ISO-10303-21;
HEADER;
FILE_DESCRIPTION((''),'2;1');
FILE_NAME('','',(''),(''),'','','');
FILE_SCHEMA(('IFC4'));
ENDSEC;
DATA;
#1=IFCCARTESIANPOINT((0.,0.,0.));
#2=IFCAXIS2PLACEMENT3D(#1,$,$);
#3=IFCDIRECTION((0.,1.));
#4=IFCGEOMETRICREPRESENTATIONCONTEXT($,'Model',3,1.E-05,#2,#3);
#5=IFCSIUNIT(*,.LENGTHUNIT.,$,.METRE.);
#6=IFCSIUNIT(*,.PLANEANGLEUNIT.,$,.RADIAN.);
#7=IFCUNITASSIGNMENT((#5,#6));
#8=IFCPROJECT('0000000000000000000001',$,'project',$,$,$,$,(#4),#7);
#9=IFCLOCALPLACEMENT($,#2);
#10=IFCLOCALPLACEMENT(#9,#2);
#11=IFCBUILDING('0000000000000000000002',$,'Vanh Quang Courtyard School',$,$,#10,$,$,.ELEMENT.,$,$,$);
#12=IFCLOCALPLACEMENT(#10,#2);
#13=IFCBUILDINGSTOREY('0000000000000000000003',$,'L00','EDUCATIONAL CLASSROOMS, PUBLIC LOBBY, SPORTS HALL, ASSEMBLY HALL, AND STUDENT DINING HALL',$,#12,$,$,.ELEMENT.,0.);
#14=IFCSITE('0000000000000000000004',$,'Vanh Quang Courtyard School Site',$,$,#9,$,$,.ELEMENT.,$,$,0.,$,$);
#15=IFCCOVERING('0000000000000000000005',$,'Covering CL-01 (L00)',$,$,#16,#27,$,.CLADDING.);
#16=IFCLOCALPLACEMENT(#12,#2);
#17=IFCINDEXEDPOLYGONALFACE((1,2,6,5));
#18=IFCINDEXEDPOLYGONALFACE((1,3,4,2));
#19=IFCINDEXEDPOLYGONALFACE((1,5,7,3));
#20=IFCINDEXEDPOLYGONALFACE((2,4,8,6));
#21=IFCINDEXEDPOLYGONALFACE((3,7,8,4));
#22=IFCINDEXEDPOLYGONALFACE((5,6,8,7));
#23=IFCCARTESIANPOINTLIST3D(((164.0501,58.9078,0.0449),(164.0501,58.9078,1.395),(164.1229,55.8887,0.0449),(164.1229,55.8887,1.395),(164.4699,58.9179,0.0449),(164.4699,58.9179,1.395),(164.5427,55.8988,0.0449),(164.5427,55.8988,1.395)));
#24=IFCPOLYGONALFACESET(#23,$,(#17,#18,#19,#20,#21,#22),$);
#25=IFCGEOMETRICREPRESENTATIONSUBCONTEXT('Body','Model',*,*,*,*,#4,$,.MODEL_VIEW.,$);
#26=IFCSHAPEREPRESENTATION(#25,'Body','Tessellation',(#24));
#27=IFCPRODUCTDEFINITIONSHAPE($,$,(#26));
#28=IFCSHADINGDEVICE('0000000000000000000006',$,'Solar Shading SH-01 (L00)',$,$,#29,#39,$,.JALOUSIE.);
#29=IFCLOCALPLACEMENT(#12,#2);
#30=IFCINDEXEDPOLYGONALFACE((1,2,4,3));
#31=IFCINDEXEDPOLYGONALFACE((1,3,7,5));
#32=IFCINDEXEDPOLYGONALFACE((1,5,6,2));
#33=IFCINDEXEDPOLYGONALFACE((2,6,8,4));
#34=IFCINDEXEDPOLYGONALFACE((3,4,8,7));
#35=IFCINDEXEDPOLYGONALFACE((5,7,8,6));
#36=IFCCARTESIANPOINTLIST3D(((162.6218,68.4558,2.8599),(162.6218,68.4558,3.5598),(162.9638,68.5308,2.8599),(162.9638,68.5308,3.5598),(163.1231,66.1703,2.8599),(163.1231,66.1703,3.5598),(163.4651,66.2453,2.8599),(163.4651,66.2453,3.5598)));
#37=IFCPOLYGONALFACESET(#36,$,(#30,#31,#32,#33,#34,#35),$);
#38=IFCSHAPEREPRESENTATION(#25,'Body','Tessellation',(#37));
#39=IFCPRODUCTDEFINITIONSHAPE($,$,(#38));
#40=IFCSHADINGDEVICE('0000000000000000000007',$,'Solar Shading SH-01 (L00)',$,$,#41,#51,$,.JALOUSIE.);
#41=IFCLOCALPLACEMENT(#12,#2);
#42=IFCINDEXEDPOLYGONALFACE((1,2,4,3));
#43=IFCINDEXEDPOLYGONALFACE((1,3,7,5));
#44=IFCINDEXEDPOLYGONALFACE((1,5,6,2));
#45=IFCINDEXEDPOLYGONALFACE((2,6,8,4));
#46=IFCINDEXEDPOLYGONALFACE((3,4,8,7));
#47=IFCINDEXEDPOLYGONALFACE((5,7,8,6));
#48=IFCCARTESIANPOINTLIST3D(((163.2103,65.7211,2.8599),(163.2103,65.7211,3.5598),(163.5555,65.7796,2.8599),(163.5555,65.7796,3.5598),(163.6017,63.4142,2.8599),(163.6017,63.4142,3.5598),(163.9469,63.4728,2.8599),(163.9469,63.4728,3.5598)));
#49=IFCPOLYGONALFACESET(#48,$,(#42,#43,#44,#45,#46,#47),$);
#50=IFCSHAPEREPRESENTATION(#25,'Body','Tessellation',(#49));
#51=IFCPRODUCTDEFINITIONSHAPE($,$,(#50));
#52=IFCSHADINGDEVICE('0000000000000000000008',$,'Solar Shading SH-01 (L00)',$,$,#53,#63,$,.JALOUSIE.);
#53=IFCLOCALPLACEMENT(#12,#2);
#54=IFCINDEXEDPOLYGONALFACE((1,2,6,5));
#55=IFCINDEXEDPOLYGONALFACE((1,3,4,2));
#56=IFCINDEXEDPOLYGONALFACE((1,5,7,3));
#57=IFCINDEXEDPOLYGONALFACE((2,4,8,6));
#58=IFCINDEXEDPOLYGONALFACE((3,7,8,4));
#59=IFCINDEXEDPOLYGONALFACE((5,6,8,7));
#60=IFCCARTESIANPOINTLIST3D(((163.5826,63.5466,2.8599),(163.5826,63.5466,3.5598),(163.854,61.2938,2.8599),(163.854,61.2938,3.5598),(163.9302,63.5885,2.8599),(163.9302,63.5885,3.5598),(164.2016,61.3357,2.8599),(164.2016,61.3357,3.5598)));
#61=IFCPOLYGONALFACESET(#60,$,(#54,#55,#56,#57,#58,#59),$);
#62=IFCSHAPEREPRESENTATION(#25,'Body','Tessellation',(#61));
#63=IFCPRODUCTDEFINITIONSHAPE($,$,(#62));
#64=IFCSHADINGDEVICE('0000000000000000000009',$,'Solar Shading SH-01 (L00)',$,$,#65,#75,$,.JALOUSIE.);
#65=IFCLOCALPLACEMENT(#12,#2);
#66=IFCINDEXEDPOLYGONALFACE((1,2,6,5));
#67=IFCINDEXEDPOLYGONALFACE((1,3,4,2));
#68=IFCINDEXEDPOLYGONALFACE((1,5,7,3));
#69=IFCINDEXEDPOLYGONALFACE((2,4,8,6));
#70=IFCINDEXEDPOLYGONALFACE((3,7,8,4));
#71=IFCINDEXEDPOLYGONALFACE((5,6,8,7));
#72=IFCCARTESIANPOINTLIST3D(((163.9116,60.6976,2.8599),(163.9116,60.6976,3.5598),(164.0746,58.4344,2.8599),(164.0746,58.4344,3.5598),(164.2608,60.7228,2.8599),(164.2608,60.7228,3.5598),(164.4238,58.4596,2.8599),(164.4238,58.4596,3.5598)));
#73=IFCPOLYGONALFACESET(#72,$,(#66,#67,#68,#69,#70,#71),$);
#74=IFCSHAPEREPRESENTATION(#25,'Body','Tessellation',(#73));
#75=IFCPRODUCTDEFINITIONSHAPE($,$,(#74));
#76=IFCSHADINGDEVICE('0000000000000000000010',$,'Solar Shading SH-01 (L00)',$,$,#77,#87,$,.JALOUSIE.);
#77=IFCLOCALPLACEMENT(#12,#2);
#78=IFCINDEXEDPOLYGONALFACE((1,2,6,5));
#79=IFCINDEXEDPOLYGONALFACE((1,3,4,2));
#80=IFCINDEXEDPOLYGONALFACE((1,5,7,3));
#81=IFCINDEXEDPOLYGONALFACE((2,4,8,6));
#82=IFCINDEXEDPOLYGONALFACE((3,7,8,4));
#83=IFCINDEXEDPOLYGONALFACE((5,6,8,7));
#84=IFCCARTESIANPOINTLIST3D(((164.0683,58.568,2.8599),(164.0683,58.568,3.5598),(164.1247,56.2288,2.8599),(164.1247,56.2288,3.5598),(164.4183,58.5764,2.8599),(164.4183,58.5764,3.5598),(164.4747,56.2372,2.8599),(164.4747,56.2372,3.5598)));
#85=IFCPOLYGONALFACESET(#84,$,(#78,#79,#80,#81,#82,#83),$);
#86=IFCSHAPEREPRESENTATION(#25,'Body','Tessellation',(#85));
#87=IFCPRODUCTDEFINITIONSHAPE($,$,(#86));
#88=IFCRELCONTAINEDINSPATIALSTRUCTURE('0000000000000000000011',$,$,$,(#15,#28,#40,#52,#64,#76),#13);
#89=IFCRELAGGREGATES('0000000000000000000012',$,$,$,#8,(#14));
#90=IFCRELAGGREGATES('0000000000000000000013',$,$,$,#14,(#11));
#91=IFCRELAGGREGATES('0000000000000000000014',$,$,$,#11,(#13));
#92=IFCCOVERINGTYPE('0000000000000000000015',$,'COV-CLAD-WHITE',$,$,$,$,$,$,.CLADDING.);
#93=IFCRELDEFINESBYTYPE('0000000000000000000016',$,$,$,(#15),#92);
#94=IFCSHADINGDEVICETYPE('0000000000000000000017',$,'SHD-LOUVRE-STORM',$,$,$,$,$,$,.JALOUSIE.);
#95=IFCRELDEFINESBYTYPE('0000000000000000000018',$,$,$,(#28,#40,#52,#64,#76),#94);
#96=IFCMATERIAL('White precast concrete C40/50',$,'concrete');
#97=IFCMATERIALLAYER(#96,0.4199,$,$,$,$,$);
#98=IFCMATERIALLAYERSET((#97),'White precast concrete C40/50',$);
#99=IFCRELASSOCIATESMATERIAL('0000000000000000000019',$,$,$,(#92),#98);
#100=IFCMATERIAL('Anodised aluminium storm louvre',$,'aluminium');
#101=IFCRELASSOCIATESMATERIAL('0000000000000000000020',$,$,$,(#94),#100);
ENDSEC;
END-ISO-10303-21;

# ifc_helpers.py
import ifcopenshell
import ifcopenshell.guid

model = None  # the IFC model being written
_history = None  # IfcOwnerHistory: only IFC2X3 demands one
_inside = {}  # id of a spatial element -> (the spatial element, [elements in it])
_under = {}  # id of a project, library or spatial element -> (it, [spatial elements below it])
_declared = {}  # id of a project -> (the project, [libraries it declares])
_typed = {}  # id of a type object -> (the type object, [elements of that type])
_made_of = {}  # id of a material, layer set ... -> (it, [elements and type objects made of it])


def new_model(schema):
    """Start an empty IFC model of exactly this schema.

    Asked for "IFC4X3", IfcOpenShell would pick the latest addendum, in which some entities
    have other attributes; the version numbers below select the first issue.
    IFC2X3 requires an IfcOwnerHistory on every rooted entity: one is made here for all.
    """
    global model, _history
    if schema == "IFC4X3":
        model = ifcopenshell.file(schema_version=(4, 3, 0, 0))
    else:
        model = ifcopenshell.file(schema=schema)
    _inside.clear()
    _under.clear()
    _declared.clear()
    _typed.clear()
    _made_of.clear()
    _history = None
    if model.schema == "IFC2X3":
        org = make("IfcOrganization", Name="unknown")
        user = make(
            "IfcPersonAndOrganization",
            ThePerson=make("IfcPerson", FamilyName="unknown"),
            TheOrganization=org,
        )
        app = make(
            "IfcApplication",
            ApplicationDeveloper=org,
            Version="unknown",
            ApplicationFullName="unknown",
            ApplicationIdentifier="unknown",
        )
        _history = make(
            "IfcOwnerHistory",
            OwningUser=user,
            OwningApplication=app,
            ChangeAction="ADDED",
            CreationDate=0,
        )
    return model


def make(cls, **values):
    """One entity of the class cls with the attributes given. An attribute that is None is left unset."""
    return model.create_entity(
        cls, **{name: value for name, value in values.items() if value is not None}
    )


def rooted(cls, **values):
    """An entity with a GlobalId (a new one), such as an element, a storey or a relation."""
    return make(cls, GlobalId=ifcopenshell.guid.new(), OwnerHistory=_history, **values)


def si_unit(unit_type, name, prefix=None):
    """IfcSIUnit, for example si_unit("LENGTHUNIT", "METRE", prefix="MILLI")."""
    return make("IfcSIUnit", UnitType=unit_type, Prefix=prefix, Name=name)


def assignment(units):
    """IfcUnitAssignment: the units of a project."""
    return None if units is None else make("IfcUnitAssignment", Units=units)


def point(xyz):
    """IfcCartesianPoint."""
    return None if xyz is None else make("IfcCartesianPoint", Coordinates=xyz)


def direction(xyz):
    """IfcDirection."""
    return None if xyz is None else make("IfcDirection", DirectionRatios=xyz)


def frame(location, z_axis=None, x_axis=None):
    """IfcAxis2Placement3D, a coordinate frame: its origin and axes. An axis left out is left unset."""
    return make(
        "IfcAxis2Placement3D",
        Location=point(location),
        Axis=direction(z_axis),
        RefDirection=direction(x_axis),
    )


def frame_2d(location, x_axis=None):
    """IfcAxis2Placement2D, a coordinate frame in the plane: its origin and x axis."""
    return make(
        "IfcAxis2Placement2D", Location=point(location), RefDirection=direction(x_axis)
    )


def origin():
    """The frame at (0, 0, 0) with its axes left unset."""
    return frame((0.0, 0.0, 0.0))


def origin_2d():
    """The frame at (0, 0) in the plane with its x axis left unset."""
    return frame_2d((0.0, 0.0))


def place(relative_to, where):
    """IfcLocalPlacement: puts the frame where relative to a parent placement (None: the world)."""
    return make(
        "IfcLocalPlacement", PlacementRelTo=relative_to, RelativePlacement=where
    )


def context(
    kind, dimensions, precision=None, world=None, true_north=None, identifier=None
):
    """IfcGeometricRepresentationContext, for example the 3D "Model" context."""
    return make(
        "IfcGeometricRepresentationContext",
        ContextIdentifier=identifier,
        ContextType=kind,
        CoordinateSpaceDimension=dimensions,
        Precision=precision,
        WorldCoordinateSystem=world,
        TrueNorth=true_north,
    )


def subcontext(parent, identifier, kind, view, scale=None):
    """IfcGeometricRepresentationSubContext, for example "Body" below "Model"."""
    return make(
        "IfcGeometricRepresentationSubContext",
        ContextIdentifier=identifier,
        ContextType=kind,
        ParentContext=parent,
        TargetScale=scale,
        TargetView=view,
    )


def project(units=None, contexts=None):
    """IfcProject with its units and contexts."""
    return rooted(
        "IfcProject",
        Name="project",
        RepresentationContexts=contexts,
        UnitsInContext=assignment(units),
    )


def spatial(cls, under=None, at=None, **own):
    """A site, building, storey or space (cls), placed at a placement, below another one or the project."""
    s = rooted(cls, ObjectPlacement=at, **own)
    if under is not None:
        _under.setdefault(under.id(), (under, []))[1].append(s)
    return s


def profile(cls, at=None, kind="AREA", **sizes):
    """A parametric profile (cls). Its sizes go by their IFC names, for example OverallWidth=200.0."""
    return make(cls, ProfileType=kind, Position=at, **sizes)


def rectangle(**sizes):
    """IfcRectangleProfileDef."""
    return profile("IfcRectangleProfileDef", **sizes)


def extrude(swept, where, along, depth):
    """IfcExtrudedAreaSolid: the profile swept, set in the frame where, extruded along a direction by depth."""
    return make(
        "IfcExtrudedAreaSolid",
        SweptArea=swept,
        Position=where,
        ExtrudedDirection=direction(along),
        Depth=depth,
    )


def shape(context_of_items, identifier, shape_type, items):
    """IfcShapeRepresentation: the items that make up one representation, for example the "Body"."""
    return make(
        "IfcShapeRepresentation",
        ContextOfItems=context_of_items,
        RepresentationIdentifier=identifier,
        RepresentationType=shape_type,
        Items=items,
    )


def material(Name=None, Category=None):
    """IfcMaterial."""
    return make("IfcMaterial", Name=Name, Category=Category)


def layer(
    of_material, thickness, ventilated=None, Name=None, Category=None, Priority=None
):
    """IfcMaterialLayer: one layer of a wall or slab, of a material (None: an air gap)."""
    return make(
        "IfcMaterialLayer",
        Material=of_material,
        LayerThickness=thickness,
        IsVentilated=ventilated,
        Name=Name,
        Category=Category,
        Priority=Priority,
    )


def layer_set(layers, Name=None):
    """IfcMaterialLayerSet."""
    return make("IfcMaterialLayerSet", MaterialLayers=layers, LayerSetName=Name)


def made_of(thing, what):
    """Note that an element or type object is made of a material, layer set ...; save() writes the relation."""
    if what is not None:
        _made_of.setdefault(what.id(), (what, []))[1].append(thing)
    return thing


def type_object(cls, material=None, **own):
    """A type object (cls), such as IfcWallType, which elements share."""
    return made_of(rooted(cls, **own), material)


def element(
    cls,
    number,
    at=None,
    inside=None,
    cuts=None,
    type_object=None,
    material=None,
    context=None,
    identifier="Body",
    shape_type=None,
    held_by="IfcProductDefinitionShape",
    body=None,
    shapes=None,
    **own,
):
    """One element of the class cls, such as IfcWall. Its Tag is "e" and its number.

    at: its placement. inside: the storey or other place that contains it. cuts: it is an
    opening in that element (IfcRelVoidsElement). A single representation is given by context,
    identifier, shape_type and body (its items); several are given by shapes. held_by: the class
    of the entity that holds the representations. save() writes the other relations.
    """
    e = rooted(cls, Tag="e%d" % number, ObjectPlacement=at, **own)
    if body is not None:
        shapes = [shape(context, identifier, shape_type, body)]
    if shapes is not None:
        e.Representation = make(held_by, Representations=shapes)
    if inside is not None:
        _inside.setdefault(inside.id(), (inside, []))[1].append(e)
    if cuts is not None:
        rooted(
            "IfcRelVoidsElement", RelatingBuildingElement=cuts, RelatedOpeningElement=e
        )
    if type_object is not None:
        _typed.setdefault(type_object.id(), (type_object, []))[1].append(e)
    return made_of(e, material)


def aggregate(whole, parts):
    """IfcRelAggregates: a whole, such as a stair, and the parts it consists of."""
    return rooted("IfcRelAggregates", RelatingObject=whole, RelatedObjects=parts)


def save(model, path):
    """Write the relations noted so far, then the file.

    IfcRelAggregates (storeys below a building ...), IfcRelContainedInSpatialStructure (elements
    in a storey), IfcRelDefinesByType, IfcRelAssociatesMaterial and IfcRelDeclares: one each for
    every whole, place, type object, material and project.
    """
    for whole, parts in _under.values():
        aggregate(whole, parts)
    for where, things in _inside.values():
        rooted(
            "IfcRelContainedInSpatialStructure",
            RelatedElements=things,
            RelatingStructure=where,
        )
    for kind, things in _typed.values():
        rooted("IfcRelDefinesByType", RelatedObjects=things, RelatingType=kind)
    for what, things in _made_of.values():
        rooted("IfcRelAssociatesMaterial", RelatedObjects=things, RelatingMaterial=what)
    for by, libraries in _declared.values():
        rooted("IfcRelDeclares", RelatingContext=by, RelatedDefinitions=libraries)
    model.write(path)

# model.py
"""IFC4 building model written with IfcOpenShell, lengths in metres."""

from ifc_helpers import new_model, si_unit, direction, frame, origin, origin_2d, place, context, subcontext, project, spatial, rectangle, extrude, material, layer, layer_set, type_object, element, save


model = new_model("IFC4")

# Units and contexts
model_context = context("Model", 3, precision=1e-05, world=origin(), true_north=direction((0.0, 1.0)))
body_context = subcontext(model_context, "Body", "Model", "MODEL_VIEW")
ifc_project = project(units=[si_unit("LENGTHUNIT", "METRE"), si_unit("PLANEANGLEUNIT", "RADIAN")], contexts=[model_context])

# Site, building, storey
site_placement = place(None, origin())
site = spatial("IfcSite", under=ifc_project, at=site_placement, Name="Vanh Quang Courtyard School Site", CompositionType="ELEMENT", RefElevation=0.0)
building_placement = place(site_placement, origin())
building = spatial("IfcBuilding", under=site, at=building_placement, Name="Vanh Quang Courtyard School", CompositionType="ELEMENT")
storey_placement = place(building_placement, origin())
storey = spatial("IfcBuildingStorey", under=building, at=storey_placement, Name="L00", Description="EDUCATIONAL CLASSROOMS, PUBLIC LOBBY, SPORTS HALL, ASSEMBLY HALL, AND STUDENT DINING HALL", CompositionType="ELEMENT", Elevation=0.0)

# Covering
ifc_material_1 = material(Name="White precast concrete C40/50", Category="concrete")
ifc_layer_1 = layer(ifc_material_1, 0.4199)
ifc_layer_set_1 = layer_set([ifc_layer_1], Name="White precast concrete C40/50")
covering_type = type_object("IfcCoveringType", Name="COV-CLAD-WHITE", PredefinedType="CLADDING", material=ifc_layer_set_1)
covering_1_placement = place(storey_placement, frame((164.2964, 57.4033, 0.0449), z_axis=(0.0, 0.0, 1.0), x_axis=(0.024083, -0.99971, 0.0)))
element("IfcCovering", 1, at=covering_1_placement, inside=storey, type_object=covering_type, Name="Covering CL-01 (L00)", PredefinedType="CLADDING", context=body_context, shape_type="SweptSolid", body=[
    extrude(rectangle(XDim=3.02, YDim=0.4199, at=origin_2d()), origin(), (0.0, 0.0, 1.0), 1.3501),
])

# Shading devices
ifc_material_2 = material(Name="Anodised aluminium storm louvre", Category="aluminium")
shading_device_type = type_object("IfcShadingDeviceType", Name="SHD-LOUVRE-STORM", PredefinedType="JALOUSIE", material=ifc_material_2)
for number, where, z_axis, x_axis, name in (
    (2, (163.0435, 67.3506, 2.8599), (0.0, 0.0, 1.0), (0.214224, -0.976785, 0.0), "Solar Shading SH-01 (L00)"),
    (3, (163.5786, 64.5969, 2.8599), (0.0, 0.0, 1.0), (0.167285, -0.985909, 0.0), "Solar Shading SH-01 (L00)"),
):
    element("IfcShadingDevice", number, at=place(storey_placement, frame(where, z_axis=z_axis, x_axis=x_axis)), inside=storey, type_object=shading_device_type, Name=name, PredefinedType="JALOUSIE", context=body_context, shape_type="SweptSolid", body=[
        extrude(rectangle(XDim=2.3398, YDim=0.3501, at=origin_2d()), origin(), (0.0, 0.0, 1.0), 0.7),
    ])
for number, where, z_axis, x_axis, name in (
    (4, (163.8921, 62.4412, 2.8599), (0.0, 0.0, 1.0), (0.119617, -0.99282, 0.0), "Solar Shading SH-01 (L00)"),
    (5, (164.1677, 59.5786, 2.8599), (0.0, 0.0, 1.0), (0.071846, -0.997416, 0.0), "Solar Shading SH-01 (L00)"),
):
    element("IfcShadingDevice", number, at=place(storey_placement, frame(where, z_axis=z_axis, x_axis=x_axis)), inside=storey, type_object=shading_device_type, Name=name, PredefinedType="JALOUSIE", context=body_context, shape_type="SweptSolid", body=[
        extrude(rectangle(XDim=2.269, YDim=0.3501, at=origin_2d()), origin(), (0.0, 0.0, 1.0), 0.7),
    ])
shading_device_placement = place(storey_placement, frame((164.2715, 57.4026, 2.8599), z_axis=(0.0, 0.0, 1.0), x_axis=(0.024083, -0.99971, 0.0)))
element("IfcShadingDevice", 6, at=shading_device_placement, inside=storey, type_object=shading_device_type, Name="Solar Shading SH-01 (L00)", PredefinedType="JALOUSIE", context=body_context, shape_type="SweptSolid", body=[
    extrude(rectangle(XDim=2.3398, YDim=0.3501, at=origin_2d()), origin(), (0.0, 0.0, 1.0), 0.7),
])

save(model, "model.ifc")
